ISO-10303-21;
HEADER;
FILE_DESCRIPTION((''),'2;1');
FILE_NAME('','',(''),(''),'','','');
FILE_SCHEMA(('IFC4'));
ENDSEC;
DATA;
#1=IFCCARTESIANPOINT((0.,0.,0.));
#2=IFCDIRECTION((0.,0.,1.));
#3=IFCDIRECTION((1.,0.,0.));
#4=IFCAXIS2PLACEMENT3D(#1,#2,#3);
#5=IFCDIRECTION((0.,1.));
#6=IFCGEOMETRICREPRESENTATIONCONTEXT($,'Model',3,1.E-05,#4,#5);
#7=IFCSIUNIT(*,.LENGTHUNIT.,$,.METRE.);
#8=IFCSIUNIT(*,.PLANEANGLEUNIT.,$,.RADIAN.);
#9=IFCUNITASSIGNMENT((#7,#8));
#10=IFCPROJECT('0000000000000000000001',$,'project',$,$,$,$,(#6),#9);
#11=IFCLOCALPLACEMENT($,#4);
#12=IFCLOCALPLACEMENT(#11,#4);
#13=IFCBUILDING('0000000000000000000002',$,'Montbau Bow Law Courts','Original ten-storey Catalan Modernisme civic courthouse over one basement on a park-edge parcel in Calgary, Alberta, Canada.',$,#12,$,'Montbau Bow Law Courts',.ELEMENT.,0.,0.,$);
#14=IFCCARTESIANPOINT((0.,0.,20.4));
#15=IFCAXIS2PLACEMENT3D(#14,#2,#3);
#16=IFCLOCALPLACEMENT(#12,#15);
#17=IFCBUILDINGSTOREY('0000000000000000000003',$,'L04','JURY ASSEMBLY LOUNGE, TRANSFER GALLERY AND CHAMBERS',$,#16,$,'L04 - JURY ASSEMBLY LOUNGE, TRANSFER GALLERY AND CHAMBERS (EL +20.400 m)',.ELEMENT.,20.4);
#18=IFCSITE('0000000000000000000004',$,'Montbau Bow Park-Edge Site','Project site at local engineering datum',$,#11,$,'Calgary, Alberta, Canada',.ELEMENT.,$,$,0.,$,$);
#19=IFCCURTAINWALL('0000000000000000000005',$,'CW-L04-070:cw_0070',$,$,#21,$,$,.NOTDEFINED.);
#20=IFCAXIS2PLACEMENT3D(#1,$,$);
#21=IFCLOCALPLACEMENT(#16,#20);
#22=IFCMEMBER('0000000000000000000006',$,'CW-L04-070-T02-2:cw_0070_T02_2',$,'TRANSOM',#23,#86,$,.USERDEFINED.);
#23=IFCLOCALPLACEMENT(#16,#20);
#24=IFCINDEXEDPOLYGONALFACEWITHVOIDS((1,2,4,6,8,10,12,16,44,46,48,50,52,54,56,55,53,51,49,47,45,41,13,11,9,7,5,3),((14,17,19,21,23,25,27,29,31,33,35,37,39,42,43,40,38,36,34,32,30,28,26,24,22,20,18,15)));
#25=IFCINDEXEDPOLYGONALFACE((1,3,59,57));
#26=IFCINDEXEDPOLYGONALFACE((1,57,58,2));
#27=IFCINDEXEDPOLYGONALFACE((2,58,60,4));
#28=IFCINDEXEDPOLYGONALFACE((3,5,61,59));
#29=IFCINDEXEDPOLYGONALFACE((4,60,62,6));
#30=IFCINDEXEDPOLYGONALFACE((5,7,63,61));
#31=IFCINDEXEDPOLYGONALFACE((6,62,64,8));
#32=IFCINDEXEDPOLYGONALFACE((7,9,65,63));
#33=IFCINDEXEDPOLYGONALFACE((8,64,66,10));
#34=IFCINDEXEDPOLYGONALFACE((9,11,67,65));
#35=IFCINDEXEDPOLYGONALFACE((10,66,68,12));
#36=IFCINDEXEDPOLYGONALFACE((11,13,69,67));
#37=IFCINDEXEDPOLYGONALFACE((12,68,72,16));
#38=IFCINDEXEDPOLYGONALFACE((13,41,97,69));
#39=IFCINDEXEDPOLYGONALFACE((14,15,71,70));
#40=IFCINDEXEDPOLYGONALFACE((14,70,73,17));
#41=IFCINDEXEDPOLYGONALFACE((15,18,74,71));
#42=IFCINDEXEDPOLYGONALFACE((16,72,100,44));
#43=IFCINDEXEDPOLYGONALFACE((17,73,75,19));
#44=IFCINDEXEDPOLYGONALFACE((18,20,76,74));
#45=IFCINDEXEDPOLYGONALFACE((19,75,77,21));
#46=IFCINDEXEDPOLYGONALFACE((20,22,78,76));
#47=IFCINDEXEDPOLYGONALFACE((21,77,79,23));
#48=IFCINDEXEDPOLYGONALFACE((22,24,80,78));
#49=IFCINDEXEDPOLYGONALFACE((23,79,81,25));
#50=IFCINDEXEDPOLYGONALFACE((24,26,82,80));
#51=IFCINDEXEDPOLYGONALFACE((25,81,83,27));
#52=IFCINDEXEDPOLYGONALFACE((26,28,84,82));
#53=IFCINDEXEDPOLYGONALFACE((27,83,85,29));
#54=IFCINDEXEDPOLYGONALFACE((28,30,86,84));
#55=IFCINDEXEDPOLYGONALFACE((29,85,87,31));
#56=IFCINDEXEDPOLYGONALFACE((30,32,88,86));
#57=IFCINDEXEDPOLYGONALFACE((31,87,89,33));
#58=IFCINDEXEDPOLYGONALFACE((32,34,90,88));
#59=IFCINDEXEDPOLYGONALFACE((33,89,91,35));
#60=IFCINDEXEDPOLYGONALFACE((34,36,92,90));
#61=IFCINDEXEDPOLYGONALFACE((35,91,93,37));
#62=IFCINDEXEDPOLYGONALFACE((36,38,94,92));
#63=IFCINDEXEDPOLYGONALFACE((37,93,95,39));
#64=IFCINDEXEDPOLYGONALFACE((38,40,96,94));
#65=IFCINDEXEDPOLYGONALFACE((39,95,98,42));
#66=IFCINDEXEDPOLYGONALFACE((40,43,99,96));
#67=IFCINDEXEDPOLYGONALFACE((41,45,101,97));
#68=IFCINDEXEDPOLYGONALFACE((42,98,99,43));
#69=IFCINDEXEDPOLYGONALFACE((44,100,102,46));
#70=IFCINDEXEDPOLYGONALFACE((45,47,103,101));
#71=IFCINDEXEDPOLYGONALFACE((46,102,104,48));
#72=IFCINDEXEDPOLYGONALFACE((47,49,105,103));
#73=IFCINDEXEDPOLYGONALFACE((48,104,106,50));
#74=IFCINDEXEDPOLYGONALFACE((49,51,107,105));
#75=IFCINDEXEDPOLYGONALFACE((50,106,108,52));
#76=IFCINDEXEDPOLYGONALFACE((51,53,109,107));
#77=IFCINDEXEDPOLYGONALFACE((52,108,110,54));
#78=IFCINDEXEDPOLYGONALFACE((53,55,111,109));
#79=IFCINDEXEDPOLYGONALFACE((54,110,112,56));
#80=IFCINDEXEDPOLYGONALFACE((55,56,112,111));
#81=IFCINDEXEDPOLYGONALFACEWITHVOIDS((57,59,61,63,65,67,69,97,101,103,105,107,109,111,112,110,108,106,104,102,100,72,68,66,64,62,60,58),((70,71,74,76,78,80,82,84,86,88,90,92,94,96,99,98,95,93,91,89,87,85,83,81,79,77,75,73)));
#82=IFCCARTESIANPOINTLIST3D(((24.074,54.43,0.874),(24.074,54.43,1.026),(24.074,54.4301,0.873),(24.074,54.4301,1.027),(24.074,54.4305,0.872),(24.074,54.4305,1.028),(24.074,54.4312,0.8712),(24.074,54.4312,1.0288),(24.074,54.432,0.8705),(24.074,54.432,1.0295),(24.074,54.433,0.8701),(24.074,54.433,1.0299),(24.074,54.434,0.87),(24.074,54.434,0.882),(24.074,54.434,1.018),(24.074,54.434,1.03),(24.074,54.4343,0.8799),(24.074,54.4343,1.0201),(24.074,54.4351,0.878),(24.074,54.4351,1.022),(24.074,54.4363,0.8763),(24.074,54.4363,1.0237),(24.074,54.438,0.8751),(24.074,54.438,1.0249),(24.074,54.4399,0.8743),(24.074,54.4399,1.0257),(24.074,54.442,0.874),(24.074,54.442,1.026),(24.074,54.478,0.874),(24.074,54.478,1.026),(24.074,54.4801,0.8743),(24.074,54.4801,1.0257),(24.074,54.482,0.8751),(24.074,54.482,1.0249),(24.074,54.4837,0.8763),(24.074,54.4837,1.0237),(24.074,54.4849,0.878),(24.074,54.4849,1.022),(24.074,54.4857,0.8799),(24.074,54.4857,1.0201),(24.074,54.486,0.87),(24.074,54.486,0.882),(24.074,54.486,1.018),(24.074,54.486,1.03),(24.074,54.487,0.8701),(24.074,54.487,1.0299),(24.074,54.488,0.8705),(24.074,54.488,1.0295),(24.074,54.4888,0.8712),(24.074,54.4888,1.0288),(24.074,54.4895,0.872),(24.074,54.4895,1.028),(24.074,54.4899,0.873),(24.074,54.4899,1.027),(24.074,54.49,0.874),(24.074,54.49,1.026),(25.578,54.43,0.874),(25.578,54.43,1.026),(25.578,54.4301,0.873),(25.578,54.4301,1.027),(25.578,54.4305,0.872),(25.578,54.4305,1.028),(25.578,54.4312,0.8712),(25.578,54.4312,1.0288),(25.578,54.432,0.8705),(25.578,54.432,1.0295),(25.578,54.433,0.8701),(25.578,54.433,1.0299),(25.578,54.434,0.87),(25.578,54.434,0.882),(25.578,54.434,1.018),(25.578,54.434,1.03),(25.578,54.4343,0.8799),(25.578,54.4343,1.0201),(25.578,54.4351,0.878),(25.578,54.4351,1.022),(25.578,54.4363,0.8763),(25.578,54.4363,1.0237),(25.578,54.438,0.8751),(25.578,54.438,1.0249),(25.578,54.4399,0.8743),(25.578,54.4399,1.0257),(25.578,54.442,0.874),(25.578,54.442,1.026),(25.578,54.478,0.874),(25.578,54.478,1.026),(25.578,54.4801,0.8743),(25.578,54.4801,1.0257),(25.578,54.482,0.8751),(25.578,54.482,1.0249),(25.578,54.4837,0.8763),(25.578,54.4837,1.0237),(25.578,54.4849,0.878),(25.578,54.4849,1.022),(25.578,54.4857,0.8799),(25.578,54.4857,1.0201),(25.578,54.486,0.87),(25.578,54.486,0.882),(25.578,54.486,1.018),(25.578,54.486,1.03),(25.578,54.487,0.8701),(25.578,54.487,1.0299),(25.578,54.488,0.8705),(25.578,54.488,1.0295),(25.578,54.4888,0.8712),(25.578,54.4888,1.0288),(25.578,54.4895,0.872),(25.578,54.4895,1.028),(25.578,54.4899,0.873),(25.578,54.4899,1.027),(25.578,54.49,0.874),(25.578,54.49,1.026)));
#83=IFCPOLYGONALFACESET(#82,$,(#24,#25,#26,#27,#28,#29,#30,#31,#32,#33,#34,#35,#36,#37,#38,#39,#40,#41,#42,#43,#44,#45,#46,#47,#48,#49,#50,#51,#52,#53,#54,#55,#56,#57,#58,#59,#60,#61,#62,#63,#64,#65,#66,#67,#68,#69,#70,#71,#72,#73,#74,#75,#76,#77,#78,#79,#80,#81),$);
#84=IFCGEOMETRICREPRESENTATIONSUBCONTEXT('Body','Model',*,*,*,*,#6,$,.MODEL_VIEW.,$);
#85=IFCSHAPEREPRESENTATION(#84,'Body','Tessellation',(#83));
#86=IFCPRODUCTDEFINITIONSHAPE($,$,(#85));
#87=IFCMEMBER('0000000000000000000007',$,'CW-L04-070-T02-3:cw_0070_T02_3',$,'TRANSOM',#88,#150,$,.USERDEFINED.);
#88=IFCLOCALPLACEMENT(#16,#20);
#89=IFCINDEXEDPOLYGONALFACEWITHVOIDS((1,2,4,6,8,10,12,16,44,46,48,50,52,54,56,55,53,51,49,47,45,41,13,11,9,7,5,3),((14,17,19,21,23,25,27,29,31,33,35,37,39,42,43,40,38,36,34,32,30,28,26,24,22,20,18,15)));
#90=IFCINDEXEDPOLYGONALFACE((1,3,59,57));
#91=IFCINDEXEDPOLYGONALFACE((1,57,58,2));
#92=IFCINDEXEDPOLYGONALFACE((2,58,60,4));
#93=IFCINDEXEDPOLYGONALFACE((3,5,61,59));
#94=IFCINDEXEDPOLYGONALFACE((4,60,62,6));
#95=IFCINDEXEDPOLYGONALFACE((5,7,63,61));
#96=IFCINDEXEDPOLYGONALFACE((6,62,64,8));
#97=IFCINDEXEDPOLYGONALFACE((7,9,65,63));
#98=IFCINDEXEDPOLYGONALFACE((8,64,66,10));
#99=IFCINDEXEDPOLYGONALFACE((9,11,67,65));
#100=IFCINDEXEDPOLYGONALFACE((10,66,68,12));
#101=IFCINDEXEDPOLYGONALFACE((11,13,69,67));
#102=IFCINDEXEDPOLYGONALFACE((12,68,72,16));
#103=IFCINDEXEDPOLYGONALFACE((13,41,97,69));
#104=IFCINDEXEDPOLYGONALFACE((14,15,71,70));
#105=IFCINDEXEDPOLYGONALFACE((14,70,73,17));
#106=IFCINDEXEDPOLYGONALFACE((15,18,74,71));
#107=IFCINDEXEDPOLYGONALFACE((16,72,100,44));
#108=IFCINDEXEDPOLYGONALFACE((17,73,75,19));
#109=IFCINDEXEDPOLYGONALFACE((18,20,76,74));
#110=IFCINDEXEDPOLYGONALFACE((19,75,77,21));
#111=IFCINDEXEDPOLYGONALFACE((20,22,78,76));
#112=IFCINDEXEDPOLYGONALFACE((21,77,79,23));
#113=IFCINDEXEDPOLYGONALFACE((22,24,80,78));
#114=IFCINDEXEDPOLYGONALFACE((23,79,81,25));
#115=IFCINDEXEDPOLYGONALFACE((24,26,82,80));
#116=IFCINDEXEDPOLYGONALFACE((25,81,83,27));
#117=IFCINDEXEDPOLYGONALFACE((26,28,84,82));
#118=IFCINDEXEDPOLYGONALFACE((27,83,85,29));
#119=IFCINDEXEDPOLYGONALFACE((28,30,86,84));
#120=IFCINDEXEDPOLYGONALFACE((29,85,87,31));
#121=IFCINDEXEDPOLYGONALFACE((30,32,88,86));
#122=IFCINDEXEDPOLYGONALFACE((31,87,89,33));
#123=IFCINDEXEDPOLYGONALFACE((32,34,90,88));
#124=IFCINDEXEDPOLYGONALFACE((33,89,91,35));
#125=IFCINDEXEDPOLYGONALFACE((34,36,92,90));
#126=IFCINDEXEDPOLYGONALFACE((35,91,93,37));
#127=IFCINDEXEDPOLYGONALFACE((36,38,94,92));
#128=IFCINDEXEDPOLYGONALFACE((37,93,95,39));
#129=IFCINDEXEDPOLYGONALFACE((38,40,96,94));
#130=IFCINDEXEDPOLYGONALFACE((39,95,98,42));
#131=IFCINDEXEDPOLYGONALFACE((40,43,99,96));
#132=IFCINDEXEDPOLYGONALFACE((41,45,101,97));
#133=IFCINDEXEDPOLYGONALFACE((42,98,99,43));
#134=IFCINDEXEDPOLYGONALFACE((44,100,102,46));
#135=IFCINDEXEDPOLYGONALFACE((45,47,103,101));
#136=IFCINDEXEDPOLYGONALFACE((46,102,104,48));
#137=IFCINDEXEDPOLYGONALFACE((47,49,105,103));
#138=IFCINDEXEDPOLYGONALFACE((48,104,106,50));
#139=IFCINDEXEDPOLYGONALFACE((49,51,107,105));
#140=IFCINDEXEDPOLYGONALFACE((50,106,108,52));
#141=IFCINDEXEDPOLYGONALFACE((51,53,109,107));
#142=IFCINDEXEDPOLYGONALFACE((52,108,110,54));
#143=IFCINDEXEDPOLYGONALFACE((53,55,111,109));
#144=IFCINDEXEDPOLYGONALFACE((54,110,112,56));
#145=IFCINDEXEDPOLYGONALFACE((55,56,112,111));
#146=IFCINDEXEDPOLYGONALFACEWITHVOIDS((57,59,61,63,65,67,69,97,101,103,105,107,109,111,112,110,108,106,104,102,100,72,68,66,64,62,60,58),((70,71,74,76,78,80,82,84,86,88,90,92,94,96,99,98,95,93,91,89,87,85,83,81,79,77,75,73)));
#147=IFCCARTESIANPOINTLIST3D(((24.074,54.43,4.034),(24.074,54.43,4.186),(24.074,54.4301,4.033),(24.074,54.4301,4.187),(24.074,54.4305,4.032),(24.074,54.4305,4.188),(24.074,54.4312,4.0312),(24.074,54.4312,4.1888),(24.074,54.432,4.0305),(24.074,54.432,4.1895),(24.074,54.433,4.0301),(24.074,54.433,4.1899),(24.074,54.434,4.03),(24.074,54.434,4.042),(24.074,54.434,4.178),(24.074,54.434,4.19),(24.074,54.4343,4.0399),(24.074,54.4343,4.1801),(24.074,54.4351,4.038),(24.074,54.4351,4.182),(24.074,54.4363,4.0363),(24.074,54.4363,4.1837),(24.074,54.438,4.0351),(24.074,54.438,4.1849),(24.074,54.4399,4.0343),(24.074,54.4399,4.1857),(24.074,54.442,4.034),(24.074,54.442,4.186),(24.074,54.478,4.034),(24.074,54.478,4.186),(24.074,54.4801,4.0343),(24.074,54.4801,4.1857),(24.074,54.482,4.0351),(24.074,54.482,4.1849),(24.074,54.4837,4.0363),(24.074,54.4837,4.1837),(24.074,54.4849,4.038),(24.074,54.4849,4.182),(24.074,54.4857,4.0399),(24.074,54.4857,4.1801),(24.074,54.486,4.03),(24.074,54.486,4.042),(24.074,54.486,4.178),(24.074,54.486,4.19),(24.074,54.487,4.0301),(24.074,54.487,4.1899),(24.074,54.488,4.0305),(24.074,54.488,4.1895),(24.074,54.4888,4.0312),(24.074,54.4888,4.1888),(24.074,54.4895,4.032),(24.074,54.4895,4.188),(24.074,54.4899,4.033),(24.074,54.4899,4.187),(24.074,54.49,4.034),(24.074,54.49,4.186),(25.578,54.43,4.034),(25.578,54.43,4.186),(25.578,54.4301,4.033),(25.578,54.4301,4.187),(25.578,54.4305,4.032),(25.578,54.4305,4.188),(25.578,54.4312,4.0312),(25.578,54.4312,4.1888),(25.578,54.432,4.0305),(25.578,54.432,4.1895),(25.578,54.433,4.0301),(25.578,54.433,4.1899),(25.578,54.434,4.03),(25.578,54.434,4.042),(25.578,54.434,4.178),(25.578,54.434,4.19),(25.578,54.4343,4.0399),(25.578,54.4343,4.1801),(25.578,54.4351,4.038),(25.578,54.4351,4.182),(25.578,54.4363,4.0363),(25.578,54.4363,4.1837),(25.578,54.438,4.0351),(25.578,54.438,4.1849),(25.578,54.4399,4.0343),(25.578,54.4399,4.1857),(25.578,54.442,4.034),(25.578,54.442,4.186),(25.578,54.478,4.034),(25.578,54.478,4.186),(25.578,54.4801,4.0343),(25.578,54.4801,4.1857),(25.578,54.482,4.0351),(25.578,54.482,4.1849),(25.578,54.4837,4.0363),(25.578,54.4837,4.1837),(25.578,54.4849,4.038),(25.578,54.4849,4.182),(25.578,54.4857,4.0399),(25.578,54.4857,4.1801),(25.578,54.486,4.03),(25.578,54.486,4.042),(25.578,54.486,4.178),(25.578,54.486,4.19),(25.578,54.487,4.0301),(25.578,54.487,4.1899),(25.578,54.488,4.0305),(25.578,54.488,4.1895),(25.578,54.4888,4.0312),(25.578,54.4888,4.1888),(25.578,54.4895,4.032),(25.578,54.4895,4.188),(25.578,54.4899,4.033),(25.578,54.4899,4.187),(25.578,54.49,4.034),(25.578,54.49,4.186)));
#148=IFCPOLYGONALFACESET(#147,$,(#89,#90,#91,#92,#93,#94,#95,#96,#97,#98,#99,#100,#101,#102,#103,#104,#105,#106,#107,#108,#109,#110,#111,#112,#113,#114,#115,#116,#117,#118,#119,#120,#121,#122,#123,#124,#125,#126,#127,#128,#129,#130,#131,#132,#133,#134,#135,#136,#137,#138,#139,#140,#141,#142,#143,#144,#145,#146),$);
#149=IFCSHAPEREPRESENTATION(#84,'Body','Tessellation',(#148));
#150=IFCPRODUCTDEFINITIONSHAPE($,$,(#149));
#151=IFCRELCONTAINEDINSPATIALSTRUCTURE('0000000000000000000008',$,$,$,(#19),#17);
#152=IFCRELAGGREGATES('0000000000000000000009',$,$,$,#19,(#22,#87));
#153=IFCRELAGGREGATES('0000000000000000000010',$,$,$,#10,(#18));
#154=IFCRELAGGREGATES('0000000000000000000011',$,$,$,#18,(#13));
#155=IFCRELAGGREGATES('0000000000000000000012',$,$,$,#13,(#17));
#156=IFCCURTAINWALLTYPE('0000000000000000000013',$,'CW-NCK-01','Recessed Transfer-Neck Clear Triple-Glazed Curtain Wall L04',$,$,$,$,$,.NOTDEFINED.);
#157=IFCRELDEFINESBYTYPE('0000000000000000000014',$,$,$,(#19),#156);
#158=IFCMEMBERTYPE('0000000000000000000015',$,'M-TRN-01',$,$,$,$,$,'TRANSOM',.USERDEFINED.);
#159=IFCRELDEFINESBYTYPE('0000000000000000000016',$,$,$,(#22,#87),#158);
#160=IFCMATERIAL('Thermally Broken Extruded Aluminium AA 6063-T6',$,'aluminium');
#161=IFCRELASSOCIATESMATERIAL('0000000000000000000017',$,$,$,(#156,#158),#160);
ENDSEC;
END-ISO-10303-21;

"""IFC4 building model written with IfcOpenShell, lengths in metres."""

from ifc_helpers import new_model, si_unit, direction, frame, origin_with_axes, origin_2d_with_axis, place, context, subcontext, project, spatial, hollow_rectangle, extrude, material, material_profile, profile_set, type_object, element, aggregate, save


model = new_model("IFC4")

# Units and contexts
model_context = context("Model", 3, precision=1e-05, world=origin_with_axes(), true_north=direction((0.0, 1.0)))
body_context = subcontext(model_context, "Body", "Model", "MODEL_VIEW")
ifc_project = project(units=[si_unit("LENGTHUNIT", "METRE"), si_unit("PLANEANGLEUNIT", "RADIAN")], contexts=[model_context])

# Site, building, storey
site_placement = place(None, origin_with_axes())
site = spatial("IfcSite", under=ifc_project, at=site_placement, Name="Montbau Bow Park-Edge Site", Description="Project site at local engineering datum", LongName="Calgary, Alberta, Canada", CompositionType="ELEMENT", RefElevation=0.0)
building_placement = place(site_placement, origin_with_axes())
building = spatial("IfcBuilding", under=site, at=building_placement, Name="Montbau Bow Law Courts", Description="Original ten-storey Catalan Modernisme civic courthouse over one basement on a park-edge parcel in Calgary, Alberta, Canada.", LongName="Montbau Bow Law Courts", CompositionType="ELEMENT", ElevationOfRefHeight=0.0, ElevationOfTerrain=0.0)
storey_placement = place(building_placement, frame((0.0, 0.0, 20.4), z_axis=(0.0, 0.0, 1.0), x_axis=(1.0, 0.0, 0.0)))
storey = spatial("IfcBuildingStorey", under=building, at=storey_placement, Name="L04", Description="JURY ASSEMBLY LOUNGE, TRANSFER GALLERY AND CHAMBERS", LongName="L04 - JURY ASSEMBLY LOUNGE, TRANSFER GALLERY AND CHAMBERS (EL +20.400 m)", CompositionType="ELEMENT", Elevation=20.4)

# Curtain wall, members
ifc_material_1 = material(Name="Thermally Broken Extruded Aluminium AA 6063-T6", Category="aluminium")
curtain_wall_type = type_object("IfcCurtainWallType", Name="CW-NCK-01", Description="Recessed Transfer-Neck Clear Triple-Glazed Curtain Wall L04", PredefinedType="NOTDEFINED", material=ifc_material_1)
curtain_wall_placement = place(None, frame((22.467, 54.46, 20.4), z_axis=(0.0, 0.0, 1.0), x_axis=(1.0, 0.0, 0.0)))
curtain_wall = element("IfcCurtainWall", 1, at=curtain_wall_placement, inside=storey, type_object=curtain_wall_type, Name="CW-L04-070:cw_0070", PredefinedType="NOTDEFINED")
ifc_material_profile_1 = material_profile(ifc_material_1, hollow_rectangle(XDim=0.06, YDim=0.16, WallThickness=0.004, InnerFilletRadius=0.008, OuterFilletRadius=0.004, at=origin_2d_with_axis()), Name="CWT-160X60", Category="Main", Priority=0)
ifc_profile_set_1 = profile_set([ifc_material_profile_1], Name="Thermally Broken Extruded Aluminium AA 6063-T6")
member_type_1 = type_object("IfcMemberType", Name="M-TRN-01", ElementType="TRANSOM", PredefinedType="USERDEFINED", material=ifc_profile_set_1)
member_1_placement = place(None, frame((24.074, 54.46, 21.35), z_axis=(1.0, 0.0, 0.0), x_axis=(0.0, 1.0, 0.0)))
member_1 = element("IfcMember", 2, at=member_1_placement, type_object=member_type_1, Name="CW-L04-070-T02-2:cw_0070_T02_2", ObjectType="TRANSOM", PredefinedType="USERDEFINED", context=body_context, shape_type="SweptSolid", body=[
    extrude(hollow_rectangle(XDim=0.06, YDim=0.16, WallThickness=0.004, InnerFilletRadius=0.008, OuterFilletRadius=0.004, at=origin_2d_with_axis()), origin_with_axes(), (0.0, 0.0, 1.0), 1.504),
])
member_2_placement = place(None, frame((24.074, 54.46, 24.51), z_axis=(1.0, 0.0, 0.0), x_axis=(0.0, 1.0, 0.0)))
member_2 = element("IfcMember", 3, at=member_2_placement, type_object=member_type_1, Name="CW-L04-070-T02-3:cw_0070_T02_3", ObjectType="TRANSOM", PredefinedType="USERDEFINED", context=body_context, shape_type="SweptSolid", body=[
    extrude(hollow_rectangle(XDim=0.06, YDim=0.16, WallThickness=0.004, InnerFilletRadius=0.008, OuterFilletRadius=0.004, at=origin_2d_with_axis()), origin_with_axes(), (0.0, 0.0, 1.0), 1.504),
])
aggregate(curtain_wall, [member_1, member_2])

save(model, "model.ifc")
